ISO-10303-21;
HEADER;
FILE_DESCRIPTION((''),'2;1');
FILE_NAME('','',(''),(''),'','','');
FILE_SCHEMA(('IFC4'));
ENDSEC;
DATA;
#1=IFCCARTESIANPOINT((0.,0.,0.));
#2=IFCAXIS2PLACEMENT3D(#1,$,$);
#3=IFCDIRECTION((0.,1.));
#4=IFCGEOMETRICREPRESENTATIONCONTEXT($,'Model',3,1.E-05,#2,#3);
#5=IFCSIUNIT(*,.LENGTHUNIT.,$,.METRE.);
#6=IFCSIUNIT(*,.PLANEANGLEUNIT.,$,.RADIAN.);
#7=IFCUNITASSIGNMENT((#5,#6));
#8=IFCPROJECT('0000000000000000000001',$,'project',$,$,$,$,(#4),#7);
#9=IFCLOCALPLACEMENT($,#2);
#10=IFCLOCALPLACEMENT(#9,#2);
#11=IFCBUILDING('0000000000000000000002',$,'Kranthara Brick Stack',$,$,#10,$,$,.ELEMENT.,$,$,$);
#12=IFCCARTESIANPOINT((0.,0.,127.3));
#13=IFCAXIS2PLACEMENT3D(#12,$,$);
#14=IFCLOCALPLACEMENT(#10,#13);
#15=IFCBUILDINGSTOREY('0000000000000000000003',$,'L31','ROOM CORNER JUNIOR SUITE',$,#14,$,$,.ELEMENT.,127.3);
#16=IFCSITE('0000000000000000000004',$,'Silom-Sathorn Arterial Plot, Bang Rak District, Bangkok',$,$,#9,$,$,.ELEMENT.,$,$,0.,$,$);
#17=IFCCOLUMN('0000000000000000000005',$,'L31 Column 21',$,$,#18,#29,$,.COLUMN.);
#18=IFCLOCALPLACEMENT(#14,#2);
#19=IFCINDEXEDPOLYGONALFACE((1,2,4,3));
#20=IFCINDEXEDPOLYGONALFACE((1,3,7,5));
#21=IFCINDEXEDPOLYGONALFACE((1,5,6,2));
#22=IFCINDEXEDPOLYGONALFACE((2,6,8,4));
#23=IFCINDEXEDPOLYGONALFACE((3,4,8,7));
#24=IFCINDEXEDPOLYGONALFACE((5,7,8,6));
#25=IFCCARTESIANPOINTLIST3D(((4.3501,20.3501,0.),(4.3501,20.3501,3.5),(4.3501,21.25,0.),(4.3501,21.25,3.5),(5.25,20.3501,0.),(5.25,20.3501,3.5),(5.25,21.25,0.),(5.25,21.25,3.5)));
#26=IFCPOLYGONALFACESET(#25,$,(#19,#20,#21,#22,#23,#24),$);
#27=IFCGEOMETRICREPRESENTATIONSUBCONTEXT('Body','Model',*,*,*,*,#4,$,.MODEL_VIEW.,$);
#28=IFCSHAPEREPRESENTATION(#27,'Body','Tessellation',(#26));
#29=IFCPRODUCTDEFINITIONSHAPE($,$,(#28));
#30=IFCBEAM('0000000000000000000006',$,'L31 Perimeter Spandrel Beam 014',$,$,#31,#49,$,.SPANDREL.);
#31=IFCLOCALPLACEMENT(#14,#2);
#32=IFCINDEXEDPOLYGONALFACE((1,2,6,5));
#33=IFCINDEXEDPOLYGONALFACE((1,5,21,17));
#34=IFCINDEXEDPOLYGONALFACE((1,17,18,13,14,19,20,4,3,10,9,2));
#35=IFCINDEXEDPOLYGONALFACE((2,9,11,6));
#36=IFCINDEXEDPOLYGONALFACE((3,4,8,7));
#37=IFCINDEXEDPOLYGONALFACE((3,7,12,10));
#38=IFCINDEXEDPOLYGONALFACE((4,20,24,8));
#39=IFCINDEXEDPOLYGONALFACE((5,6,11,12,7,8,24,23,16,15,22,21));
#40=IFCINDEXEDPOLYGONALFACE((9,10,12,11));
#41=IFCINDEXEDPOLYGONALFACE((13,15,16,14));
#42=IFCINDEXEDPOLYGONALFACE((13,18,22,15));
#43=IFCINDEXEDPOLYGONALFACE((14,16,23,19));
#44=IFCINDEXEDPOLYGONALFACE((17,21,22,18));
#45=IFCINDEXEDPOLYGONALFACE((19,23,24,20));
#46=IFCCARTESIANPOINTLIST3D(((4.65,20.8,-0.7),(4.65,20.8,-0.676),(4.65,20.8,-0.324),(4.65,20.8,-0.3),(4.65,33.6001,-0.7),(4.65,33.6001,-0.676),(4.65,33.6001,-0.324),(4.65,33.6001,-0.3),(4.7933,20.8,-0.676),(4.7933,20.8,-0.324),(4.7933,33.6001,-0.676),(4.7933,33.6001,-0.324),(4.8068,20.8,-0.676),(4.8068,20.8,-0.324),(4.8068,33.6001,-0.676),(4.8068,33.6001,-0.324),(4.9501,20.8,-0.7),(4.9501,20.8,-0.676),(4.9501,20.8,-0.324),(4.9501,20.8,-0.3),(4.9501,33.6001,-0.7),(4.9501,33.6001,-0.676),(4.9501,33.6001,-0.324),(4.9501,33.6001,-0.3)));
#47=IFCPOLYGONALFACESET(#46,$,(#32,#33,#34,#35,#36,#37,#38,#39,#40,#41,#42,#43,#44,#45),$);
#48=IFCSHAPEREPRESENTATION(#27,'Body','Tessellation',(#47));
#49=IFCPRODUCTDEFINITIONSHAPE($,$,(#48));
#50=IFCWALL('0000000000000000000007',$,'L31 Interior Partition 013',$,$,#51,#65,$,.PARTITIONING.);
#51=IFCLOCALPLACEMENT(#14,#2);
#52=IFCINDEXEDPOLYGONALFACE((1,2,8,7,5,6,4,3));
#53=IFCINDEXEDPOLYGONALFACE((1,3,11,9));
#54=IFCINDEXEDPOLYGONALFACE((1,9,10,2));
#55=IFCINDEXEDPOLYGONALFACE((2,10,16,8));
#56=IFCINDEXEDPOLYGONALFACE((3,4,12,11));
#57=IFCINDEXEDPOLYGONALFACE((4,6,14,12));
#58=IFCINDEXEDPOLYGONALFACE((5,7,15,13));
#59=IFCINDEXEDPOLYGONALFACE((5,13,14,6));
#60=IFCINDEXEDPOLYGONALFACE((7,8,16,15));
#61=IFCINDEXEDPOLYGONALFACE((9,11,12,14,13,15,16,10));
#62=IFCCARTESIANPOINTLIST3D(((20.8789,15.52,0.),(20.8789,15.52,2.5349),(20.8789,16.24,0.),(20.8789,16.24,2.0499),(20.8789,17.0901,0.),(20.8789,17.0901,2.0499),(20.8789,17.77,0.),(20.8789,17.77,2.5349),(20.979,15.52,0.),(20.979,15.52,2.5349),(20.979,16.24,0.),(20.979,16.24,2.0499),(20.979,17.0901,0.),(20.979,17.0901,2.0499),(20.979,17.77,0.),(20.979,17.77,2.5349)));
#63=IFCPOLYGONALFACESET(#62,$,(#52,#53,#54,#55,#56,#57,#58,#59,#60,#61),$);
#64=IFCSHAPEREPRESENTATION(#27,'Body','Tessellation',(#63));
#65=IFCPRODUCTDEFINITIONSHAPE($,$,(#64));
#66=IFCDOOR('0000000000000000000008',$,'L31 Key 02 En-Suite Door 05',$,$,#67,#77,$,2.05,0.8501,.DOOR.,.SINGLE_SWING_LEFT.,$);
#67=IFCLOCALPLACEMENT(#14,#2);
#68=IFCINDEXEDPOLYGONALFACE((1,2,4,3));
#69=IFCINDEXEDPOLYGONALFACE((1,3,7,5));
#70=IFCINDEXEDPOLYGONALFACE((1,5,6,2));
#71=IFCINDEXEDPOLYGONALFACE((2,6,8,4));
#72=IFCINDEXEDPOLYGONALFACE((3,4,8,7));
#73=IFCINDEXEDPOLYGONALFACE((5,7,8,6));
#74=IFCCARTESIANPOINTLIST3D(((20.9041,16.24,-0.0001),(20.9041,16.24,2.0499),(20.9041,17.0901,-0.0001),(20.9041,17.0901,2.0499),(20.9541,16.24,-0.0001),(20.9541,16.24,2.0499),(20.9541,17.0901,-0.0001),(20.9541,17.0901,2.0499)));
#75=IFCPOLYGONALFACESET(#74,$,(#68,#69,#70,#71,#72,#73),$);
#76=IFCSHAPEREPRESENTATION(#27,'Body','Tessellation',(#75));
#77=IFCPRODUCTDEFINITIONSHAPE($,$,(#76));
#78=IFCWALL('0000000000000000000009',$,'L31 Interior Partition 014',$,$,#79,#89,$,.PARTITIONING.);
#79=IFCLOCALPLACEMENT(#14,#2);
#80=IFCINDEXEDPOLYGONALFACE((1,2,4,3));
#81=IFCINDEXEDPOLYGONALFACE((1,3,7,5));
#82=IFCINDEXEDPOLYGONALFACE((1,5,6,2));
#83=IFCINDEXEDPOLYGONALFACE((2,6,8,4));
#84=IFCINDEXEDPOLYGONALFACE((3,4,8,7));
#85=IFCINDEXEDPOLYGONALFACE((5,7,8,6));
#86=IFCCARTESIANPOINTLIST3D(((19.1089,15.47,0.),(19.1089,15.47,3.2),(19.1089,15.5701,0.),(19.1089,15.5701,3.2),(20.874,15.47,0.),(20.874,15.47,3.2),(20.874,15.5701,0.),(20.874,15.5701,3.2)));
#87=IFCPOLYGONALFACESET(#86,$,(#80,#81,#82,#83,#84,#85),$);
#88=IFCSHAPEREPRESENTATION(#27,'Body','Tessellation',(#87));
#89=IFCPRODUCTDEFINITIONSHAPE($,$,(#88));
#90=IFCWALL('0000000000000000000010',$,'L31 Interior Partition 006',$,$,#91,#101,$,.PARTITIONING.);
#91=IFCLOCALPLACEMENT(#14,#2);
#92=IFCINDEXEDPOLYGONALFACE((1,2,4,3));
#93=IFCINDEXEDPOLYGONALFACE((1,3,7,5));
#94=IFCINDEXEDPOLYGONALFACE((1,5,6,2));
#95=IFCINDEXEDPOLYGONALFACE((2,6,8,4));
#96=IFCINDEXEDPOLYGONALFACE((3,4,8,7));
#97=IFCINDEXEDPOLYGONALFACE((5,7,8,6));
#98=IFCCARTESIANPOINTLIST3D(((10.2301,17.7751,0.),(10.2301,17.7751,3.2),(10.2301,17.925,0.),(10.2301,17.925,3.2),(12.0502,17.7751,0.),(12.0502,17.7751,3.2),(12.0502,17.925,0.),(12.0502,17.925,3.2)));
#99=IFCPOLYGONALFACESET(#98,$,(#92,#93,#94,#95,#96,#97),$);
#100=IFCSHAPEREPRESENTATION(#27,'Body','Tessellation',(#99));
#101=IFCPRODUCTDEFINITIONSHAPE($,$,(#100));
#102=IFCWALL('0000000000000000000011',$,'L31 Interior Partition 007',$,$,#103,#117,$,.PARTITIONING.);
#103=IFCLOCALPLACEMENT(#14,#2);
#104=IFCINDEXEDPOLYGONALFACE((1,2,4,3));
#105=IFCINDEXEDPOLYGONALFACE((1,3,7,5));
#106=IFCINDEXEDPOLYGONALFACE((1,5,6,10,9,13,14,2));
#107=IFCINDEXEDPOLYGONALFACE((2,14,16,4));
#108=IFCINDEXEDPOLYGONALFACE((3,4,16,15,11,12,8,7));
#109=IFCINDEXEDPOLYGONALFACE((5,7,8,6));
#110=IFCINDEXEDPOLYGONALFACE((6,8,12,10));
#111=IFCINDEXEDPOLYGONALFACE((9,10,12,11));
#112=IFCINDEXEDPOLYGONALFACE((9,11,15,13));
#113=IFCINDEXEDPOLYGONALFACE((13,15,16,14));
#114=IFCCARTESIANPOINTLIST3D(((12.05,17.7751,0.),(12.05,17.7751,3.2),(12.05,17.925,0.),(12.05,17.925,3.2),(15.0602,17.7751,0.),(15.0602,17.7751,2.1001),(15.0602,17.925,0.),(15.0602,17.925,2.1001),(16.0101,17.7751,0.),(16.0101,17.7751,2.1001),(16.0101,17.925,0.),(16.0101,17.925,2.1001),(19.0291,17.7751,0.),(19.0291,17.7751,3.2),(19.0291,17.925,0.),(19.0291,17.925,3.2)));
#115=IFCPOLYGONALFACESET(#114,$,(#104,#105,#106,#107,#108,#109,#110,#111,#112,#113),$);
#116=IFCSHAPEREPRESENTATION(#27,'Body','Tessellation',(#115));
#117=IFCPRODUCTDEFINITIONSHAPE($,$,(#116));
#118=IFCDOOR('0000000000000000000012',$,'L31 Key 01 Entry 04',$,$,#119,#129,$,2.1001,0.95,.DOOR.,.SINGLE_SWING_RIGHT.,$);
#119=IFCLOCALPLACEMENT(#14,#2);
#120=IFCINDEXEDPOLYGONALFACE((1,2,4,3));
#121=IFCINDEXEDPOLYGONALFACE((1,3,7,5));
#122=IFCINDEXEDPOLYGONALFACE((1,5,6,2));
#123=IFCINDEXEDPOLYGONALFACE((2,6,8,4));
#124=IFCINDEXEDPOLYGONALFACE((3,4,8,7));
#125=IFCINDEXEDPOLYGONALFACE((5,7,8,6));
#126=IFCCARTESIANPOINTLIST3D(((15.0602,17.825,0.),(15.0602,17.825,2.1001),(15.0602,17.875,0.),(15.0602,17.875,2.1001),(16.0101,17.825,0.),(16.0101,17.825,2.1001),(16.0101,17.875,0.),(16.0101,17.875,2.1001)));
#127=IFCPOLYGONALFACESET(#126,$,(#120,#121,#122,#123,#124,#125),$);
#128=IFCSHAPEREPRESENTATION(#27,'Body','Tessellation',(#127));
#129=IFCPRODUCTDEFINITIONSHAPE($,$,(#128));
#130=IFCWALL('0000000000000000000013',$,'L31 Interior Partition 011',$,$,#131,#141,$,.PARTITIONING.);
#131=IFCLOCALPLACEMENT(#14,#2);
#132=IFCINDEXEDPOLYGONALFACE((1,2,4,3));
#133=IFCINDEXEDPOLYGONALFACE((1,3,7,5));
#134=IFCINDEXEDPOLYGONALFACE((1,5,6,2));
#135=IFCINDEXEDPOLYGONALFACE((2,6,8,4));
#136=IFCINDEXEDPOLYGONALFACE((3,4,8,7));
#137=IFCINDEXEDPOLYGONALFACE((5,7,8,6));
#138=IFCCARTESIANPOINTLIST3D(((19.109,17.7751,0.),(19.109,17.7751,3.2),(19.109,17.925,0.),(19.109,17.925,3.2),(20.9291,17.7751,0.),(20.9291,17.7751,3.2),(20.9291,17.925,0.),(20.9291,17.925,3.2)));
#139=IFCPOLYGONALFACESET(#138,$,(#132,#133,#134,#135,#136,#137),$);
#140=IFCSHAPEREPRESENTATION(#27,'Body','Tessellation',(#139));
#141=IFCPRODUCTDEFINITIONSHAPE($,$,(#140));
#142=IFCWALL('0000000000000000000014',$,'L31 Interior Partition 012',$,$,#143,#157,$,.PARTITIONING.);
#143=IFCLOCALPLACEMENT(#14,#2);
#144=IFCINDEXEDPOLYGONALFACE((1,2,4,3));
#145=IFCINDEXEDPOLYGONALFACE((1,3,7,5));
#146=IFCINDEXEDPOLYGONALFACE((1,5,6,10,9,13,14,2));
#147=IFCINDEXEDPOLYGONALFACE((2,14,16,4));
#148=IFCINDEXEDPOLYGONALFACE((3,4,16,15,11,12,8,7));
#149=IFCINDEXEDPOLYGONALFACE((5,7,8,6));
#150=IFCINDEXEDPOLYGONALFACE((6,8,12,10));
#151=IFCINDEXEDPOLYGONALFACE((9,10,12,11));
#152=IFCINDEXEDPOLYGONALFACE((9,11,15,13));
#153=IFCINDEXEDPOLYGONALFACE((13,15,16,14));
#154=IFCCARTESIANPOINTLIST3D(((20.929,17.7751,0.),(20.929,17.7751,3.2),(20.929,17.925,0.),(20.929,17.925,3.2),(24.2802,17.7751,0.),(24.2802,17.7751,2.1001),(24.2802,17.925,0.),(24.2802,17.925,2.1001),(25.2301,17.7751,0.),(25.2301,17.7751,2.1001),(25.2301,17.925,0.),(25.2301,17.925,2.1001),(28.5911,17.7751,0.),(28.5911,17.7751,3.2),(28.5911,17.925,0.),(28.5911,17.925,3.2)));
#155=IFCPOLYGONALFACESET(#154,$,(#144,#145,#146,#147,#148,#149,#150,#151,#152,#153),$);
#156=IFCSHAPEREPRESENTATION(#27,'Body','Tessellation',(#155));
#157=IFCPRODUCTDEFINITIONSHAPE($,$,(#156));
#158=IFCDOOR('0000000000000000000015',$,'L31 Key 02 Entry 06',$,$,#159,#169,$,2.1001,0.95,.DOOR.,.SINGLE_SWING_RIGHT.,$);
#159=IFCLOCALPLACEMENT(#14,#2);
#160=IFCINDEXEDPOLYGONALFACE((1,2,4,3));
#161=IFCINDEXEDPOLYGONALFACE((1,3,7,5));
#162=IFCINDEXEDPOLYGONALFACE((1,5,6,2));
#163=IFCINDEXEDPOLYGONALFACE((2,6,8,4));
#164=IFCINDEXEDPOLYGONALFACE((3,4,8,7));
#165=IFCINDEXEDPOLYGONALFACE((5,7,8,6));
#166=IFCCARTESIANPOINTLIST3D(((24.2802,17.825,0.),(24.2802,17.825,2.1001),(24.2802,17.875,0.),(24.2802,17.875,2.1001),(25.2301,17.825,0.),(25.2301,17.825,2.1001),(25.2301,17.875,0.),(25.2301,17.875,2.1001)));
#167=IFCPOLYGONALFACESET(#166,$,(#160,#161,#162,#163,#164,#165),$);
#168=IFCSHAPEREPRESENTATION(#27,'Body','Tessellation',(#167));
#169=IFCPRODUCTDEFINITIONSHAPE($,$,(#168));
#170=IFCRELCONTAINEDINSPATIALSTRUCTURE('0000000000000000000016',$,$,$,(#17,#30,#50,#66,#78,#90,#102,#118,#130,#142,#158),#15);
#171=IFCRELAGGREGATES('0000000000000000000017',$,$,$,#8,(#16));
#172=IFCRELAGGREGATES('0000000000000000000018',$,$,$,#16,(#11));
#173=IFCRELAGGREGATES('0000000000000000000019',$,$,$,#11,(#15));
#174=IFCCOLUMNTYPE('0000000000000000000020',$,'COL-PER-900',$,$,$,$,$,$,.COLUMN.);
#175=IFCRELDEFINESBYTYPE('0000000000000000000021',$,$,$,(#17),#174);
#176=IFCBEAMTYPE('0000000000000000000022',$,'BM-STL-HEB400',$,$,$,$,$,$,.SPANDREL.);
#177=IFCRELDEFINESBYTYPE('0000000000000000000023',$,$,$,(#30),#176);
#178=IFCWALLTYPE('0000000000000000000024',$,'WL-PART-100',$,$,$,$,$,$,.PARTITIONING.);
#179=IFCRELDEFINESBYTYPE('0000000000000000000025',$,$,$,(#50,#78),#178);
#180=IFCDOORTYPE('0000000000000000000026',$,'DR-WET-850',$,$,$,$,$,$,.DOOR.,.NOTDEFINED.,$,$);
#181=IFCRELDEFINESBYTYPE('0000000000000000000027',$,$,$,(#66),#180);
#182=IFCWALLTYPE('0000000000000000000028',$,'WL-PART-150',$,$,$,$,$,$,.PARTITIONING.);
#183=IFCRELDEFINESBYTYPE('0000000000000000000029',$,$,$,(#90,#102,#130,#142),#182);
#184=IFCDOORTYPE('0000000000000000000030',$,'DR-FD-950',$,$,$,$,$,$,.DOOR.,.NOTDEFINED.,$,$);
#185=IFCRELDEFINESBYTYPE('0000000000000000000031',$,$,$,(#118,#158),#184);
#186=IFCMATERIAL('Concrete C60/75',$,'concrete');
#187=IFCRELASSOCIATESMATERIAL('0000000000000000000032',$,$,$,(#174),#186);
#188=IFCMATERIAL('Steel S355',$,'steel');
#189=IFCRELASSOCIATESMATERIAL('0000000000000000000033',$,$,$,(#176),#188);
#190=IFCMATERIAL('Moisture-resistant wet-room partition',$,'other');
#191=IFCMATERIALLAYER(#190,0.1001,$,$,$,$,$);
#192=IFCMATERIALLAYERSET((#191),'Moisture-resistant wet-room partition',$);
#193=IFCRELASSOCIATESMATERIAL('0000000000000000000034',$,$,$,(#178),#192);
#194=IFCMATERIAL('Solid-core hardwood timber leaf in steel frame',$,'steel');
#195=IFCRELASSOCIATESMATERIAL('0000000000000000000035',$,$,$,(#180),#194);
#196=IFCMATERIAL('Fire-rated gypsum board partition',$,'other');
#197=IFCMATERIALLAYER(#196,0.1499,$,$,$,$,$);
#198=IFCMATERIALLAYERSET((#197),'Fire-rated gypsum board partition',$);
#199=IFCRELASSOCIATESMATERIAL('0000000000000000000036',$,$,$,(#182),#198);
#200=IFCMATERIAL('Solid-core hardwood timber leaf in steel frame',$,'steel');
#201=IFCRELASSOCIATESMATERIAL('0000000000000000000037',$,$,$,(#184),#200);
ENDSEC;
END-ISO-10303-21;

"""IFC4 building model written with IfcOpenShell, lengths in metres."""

from ifc_helpers import new_model, si_unit, direction, frame, frame_2d, origin, origin_2d, place, context, subcontext, project, spatial, rectangle, i_section, extrude, material, layer, layer_set, material_profile, profile_set, type_object, element, fill, save


model = new_model("IFC4")

# Units and contexts
model_context = context("Model", 3, precision=1e-05, world=origin(), true_north=direction((0.0, 1.0)))
body_context = subcontext(model_context, "Body", "Model", "MODEL_VIEW")
ifc_project = project(units=[si_unit("LENGTHUNIT", "METRE"), si_unit("PLANEANGLEUNIT", "RADIAN")], contexts=[model_context])

# Site, building, storey
site_placement = place(None, origin())
site = spatial("IfcSite", under=ifc_project, at=site_placement, Name="Silom-Sathorn Arterial Plot, Bang Rak District, Bangkok", CompositionType="ELEMENT", RefElevation=0.0)
building_placement = place(site_placement, origin())
building = spatial("IfcBuilding", under=site, at=building_placement, Name="Kranthara Brick Stack", CompositionType="ELEMENT")
storey_placement = place(building_placement, frame((0.0, 0.0, 127.3)))
storey = spatial("IfcBuildingStorey", under=building, at=storey_placement, Name="L31", Description="ROOM CORNER JUNIOR SUITE", CompositionType="ELEMENT", Elevation=127.3)

# Column
ifc_material_1 = material(Name="Concrete C60/75", Category="concrete")
ifc_material_profile_1 = material_profile(ifc_material_1, rectangle(XDim=0.8999, YDim=0.8999, at=origin_2d()), Name="RC 900x900")
ifc_profile_set_1 = profile_set([ifc_material_profile_1], Name="Concrete C60/75")
column_type = type_object("IfcColumnType", Name="COL-PER-900", PredefinedType="COLUMN", material=ifc_profile_set_1)
column_placement = place(storey_placement, frame((4.8, 20.8, 0.0), z_axis=(0.0, 0.0, 1.0), x_axis=(1.0, 0.0, 0.0)))
element("IfcColumn", 1, at=column_placement, inside=storey, type_object=column_type, Name="L31 Column 21", PredefinedType="COLUMN", context=body_context, shape_type="SweptSolid", body=[
    extrude(rectangle(XDim=0.8999, YDim=0.8999, at=origin_2d()), origin(), (0.0, 0.0, 1.0), 3.5),
])

# Beam
ifc_material_2 = material(Name="Steel S355", Category="steel")
ifc_material_profile_2 = material_profile(ifc_material_2, i_section(OverallWidth=0.3, OverallDepth=0.3999, WebThickness=0.0134, FlangeThickness=0.0239, at=origin_2d()), Name="HEB 400")
ifc_profile_set_2 = profile_set([ifc_material_profile_2], Name="Steel S355")
beam_type = type_object("IfcBeamType", Name="BM-STL-HEB400", PredefinedType="SPANDREL", material=ifc_profile_set_2)
beam_placement = place(storey_placement, frame((4.8, 20.8, -0.5), z_axis=(0.0, 1.0, 0.0), x_axis=(-1.0, 0.0, 0.0)))
element("IfcBeam", 2, at=beam_placement, inside=storey, type_object=beam_type, Name="L31 Perimeter Spandrel Beam 014", PredefinedType="SPANDREL", context=body_context, shape_type="SweptSolid", body=[
    extrude(i_section(OverallWidth=0.3, OverallDepth=0.3999, WebThickness=0.0134, FlangeThickness=0.0239, at=origin_2d()), origin(), (0.0, 0.0, 1.0), 12.8),
])

# Wall, opening, door
ifc_material_3 = material(Name="Moisture-resistant wet-room partition", Category="other")
ifc_layer_1 = layer(ifc_material_3, 0.1001)
ifc_layer_set_1 = layer_set([ifc_layer_1], Name="Moisture-resistant wet-room partition")
wall_type_1 = type_object("IfcWallType", Name="WL-PART-100", PredefinedType="PARTITIONING", material=ifc_layer_set_1)
wall_1_placement = place(storey_placement, frame((20.929, 15.52, 0.0), z_axis=(0.0, 0.0, 1.0), x_axis=(0.0, 1.0, 0.0)))
wall_1 = element("IfcWall", 3, at=wall_1_placement, inside=storey, type_object=wall_type_1, Name="L31 Interior Partition 013", PredefinedType="PARTITIONING", context=body_context, shape_type="SweptSolid", body=[
    extrude(rectangle(XDim=2.25, YDim=0.1001, at=frame_2d((1.125, 0.0))), origin(), (0.0, 0.0, 1.0), 2.5349),
])
opening_1_placement = place(wall_1_placement, frame((0.72, 0.0, 0.0)))
opening_1 = element("IfcOpeningElement", 4, at=opening_1_placement, cuts=wall_1, PredefinedType="OPENING", context=body_context, shape_type="SweptSolid", body=[
    extrude(rectangle(XDim=0.8501, YDim=2.05, at=frame_2d((0.425, 1.0249))), frame((0.0, 0.0601, 0.0), z_axis=(0.0, -1.0, 0.0), x_axis=(1.0, 0.0, 0.0)), (0.0, 0.0, 1.0), 0.1201),
])
ifc_material_4 = material(Name="Solid-core hardwood timber leaf in steel frame", Category="steel")
door_type_1 = type_object("IfcDoorType", Name="DR-WET-850", OperationType="NOTDEFINED", PredefinedType="DOOR", material=ifc_material_4)
door_1_placement = place(opening_1_placement, origin())
door_1 = element("IfcDoor", 5, at=door_1_placement, inside=storey, type_object=door_type_1, Name="L31 Key 02 En-Suite Door 05", OperationType="SINGLE_SWING_LEFT", OverallHeight=2.05, OverallWidth=0.8501, PredefinedType="DOOR", context=body_context, shape_type="SweptSolid", body=[
    extrude(rectangle(XDim=0.8501, YDim=2.05, at=frame_2d((0.425, 1.0249))), frame((0.0, 0.0249, 0.0), z_axis=(0.0, -1.0, 0.0), x_axis=(1.0, 0.0, 0.0)), (0.0, 0.0, 1.0), 0.05),
])
fill(opening_1, door_1)

# Walls
wall_2_placement = place(storey_placement, frame((19.1089, 15.52, 0.0), z_axis=(0.0, 0.0, 1.0), x_axis=(1.0, 0.0, 0.0)))
element("IfcWall", 6, at=wall_2_placement, inside=storey, type_object=wall_type_1, Name="L31 Interior Partition 014", PredefinedType="PARTITIONING", context=body_context, shape_type="SweptSolid", body=[
    extrude(rectangle(XDim=1.7651, YDim=0.1001, at=frame_2d((0.8826, 0.0))), origin(), (0.0, 0.0, 1.0), 3.2),
])
ifc_material_5 = material(Name="Fire-rated gypsum board partition", Category="other")
ifc_layer_2 = layer(ifc_material_5, 0.1499)
ifc_layer_set_2 = layer_set([ifc_layer_2], Name="Fire-rated gypsum board partition")
wall_type_2 = type_object("IfcWallType", Name="WL-PART-150", PredefinedType="PARTITIONING", material=ifc_layer_set_2)
wall_3_placement = place(storey_placement, frame((10.23, 17.8501, 0.0), z_axis=(0.0, 0.0, 1.0), x_axis=(1.0, 0.0, 0.0)))
element("IfcWall", 7, at=wall_3_placement, inside=storey, type_object=wall_type_2, Name="L31 Interior Partition 006", PredefinedType="PARTITIONING", context=body_context, shape_type="SweptSolid", body=[
    extrude(rectangle(XDim=1.8201, YDim=0.1499, at=frame_2d((0.9102, 0.0))), origin(), (0.0, 0.0, 1.0), 3.2),
])

# Wall, opening, door
wall_4_placement = place(storey_placement, frame((12.05, 17.8501, 0.0), z_axis=(0.0, 0.0, 1.0), x_axis=(1.0, 0.0, 0.0)))
wall_4 = element("IfcWall", 8, at=wall_4_placement, inside=storey, type_object=wall_type_2, Name="L31 Interior Partition 007", PredefinedType="PARTITIONING", context=body_context, shape_type="SweptSolid", body=[
    extrude(rectangle(XDim=6.979, YDim=0.1499, at=frame_2d((3.4895, 0.0))), origin(), (0.0, 0.0, 1.0), 3.2),
])
opening_2_placement = place(wall_4_placement, frame((3.01, 0.0, 0.0)))
opening_2 = element("IfcOpeningElement", 9, at=opening_2_placement, cuts=wall_4, PredefinedType="OPENING", context=body_context, shape_type="SweptSolid", body=[
    extrude(rectangle(XDim=0.95, YDim=2.1001, at=frame_2d((0.4751, 1.05))), frame((0.0, 0.085, 0.0), z_axis=(0.0, -1.0, 0.0), x_axis=(1.0, 0.0, 0.0)), (0.0, 0.0, 1.0), 0.1699),
])
ifc_material_6 = material(Name="Solid-core hardwood timber leaf in steel frame", Category="steel")
door_type_2 = type_object("IfcDoorType", Name="DR-FD-950", OperationType="NOTDEFINED", PredefinedType="DOOR", material=ifc_material_6)
door_2_placement = place(opening_2_placement, origin())
door_2 = element("IfcDoor", 10, at=door_2_placement, inside=storey, type_object=door_type_2, Name="L31 Key 01 Entry 04", OperationType="SINGLE_SWING_RIGHT", OverallHeight=2.1001, OverallWidth=0.95, PredefinedType="DOOR", context=body_context, shape_type="SweptSolid", body=[
    extrude(rectangle(XDim=0.95, YDim=2.1001, at=frame_2d((0.4751, 1.05))), frame((0.0, 0.0249, 0.0), z_axis=(0.0, -1.0, 0.0), x_axis=(1.0, 0.0, 0.0)), (0.0, 0.0, 1.0), 0.05),
])
fill(opening_2, door_2)

# Wall
wall_5_placement = place(storey_placement, frame((19.1089, 17.8501, 0.0), z_axis=(0.0, 0.0, 1.0), x_axis=(1.0, 0.0, 0.0)))
element("IfcWall", 11, at=wall_5_placement, inside=storey, type_object=wall_type_2, Name="L31 Interior Partition 011", PredefinedType="PARTITIONING", context=body_context, shape_type="SweptSolid", body=[
    extrude(rectangle(XDim=1.8201, YDim=0.1499, at=frame_2d((0.9102, 0.0))), origin(), (0.0, 0.0, 1.0), 3.2),
])

# Wall, opening, door
wall_6_placement = place(storey_placement, frame((20.929, 17.8501, 0.0), z_axis=(0.0, 0.0, 1.0), x_axis=(1.0, 0.0, 0.0)))
wall_6 = element("IfcWall", 12, at=wall_6_placement, inside=storey, type_object=wall_type_2, Name="L31 Interior Partition 012", PredefinedType="PARTITIONING", context=body_context, shape_type="SweptSolid", body=[
    extrude(rectangle(XDim=7.6621, YDim=0.1499, at=frame_2d((3.8311, 0.0))), origin(), (0.0, 0.0, 1.0), 3.2),
])
opening_3_placement = place(wall_6_placement, frame((3.3511, 0.0, 0.0)))
opening_3 = element("IfcOpeningElement", 13, at=opening_3_placement, cuts=wall_6, PredefinedType="OPENING", context=body_context, shape_type="SweptSolid", body=[
    extrude(rectangle(XDim=0.95, YDim=2.1001, at=frame_2d((0.4751, 1.05))), frame((0.0, 0.085, 0.0), z_axis=(0.0, -1.0, 0.0), x_axis=(1.0, 0.0, 0.0)), (0.0, 0.0, 1.0), 0.1699),
])
door_3_placement = place(opening_3_placement, origin())
door_3 = element("IfcDoor", 14, at=door_3_placement, inside=storey, type_object=door_type_2, Name="L31 Key 02 Entry 06", OperationType="SINGLE_SWING_RIGHT", OverallHeight=2.1001, OverallWidth=0.95, PredefinedType="DOOR", context=body_context, shape_type="SweptSolid", body=[
    extrude(rectangle(XDim=0.95, YDim=2.1001, at=frame_2d((0.4751, 1.05))), frame((0.0, 0.0249, 0.0), z_axis=(0.0, -1.0, 0.0), x_axis=(1.0, 0.0, 0.0)), (0.0, 0.0, 1.0), 0.05),
])
fill(opening_3, door_3)

save(model, "model.ifc")
